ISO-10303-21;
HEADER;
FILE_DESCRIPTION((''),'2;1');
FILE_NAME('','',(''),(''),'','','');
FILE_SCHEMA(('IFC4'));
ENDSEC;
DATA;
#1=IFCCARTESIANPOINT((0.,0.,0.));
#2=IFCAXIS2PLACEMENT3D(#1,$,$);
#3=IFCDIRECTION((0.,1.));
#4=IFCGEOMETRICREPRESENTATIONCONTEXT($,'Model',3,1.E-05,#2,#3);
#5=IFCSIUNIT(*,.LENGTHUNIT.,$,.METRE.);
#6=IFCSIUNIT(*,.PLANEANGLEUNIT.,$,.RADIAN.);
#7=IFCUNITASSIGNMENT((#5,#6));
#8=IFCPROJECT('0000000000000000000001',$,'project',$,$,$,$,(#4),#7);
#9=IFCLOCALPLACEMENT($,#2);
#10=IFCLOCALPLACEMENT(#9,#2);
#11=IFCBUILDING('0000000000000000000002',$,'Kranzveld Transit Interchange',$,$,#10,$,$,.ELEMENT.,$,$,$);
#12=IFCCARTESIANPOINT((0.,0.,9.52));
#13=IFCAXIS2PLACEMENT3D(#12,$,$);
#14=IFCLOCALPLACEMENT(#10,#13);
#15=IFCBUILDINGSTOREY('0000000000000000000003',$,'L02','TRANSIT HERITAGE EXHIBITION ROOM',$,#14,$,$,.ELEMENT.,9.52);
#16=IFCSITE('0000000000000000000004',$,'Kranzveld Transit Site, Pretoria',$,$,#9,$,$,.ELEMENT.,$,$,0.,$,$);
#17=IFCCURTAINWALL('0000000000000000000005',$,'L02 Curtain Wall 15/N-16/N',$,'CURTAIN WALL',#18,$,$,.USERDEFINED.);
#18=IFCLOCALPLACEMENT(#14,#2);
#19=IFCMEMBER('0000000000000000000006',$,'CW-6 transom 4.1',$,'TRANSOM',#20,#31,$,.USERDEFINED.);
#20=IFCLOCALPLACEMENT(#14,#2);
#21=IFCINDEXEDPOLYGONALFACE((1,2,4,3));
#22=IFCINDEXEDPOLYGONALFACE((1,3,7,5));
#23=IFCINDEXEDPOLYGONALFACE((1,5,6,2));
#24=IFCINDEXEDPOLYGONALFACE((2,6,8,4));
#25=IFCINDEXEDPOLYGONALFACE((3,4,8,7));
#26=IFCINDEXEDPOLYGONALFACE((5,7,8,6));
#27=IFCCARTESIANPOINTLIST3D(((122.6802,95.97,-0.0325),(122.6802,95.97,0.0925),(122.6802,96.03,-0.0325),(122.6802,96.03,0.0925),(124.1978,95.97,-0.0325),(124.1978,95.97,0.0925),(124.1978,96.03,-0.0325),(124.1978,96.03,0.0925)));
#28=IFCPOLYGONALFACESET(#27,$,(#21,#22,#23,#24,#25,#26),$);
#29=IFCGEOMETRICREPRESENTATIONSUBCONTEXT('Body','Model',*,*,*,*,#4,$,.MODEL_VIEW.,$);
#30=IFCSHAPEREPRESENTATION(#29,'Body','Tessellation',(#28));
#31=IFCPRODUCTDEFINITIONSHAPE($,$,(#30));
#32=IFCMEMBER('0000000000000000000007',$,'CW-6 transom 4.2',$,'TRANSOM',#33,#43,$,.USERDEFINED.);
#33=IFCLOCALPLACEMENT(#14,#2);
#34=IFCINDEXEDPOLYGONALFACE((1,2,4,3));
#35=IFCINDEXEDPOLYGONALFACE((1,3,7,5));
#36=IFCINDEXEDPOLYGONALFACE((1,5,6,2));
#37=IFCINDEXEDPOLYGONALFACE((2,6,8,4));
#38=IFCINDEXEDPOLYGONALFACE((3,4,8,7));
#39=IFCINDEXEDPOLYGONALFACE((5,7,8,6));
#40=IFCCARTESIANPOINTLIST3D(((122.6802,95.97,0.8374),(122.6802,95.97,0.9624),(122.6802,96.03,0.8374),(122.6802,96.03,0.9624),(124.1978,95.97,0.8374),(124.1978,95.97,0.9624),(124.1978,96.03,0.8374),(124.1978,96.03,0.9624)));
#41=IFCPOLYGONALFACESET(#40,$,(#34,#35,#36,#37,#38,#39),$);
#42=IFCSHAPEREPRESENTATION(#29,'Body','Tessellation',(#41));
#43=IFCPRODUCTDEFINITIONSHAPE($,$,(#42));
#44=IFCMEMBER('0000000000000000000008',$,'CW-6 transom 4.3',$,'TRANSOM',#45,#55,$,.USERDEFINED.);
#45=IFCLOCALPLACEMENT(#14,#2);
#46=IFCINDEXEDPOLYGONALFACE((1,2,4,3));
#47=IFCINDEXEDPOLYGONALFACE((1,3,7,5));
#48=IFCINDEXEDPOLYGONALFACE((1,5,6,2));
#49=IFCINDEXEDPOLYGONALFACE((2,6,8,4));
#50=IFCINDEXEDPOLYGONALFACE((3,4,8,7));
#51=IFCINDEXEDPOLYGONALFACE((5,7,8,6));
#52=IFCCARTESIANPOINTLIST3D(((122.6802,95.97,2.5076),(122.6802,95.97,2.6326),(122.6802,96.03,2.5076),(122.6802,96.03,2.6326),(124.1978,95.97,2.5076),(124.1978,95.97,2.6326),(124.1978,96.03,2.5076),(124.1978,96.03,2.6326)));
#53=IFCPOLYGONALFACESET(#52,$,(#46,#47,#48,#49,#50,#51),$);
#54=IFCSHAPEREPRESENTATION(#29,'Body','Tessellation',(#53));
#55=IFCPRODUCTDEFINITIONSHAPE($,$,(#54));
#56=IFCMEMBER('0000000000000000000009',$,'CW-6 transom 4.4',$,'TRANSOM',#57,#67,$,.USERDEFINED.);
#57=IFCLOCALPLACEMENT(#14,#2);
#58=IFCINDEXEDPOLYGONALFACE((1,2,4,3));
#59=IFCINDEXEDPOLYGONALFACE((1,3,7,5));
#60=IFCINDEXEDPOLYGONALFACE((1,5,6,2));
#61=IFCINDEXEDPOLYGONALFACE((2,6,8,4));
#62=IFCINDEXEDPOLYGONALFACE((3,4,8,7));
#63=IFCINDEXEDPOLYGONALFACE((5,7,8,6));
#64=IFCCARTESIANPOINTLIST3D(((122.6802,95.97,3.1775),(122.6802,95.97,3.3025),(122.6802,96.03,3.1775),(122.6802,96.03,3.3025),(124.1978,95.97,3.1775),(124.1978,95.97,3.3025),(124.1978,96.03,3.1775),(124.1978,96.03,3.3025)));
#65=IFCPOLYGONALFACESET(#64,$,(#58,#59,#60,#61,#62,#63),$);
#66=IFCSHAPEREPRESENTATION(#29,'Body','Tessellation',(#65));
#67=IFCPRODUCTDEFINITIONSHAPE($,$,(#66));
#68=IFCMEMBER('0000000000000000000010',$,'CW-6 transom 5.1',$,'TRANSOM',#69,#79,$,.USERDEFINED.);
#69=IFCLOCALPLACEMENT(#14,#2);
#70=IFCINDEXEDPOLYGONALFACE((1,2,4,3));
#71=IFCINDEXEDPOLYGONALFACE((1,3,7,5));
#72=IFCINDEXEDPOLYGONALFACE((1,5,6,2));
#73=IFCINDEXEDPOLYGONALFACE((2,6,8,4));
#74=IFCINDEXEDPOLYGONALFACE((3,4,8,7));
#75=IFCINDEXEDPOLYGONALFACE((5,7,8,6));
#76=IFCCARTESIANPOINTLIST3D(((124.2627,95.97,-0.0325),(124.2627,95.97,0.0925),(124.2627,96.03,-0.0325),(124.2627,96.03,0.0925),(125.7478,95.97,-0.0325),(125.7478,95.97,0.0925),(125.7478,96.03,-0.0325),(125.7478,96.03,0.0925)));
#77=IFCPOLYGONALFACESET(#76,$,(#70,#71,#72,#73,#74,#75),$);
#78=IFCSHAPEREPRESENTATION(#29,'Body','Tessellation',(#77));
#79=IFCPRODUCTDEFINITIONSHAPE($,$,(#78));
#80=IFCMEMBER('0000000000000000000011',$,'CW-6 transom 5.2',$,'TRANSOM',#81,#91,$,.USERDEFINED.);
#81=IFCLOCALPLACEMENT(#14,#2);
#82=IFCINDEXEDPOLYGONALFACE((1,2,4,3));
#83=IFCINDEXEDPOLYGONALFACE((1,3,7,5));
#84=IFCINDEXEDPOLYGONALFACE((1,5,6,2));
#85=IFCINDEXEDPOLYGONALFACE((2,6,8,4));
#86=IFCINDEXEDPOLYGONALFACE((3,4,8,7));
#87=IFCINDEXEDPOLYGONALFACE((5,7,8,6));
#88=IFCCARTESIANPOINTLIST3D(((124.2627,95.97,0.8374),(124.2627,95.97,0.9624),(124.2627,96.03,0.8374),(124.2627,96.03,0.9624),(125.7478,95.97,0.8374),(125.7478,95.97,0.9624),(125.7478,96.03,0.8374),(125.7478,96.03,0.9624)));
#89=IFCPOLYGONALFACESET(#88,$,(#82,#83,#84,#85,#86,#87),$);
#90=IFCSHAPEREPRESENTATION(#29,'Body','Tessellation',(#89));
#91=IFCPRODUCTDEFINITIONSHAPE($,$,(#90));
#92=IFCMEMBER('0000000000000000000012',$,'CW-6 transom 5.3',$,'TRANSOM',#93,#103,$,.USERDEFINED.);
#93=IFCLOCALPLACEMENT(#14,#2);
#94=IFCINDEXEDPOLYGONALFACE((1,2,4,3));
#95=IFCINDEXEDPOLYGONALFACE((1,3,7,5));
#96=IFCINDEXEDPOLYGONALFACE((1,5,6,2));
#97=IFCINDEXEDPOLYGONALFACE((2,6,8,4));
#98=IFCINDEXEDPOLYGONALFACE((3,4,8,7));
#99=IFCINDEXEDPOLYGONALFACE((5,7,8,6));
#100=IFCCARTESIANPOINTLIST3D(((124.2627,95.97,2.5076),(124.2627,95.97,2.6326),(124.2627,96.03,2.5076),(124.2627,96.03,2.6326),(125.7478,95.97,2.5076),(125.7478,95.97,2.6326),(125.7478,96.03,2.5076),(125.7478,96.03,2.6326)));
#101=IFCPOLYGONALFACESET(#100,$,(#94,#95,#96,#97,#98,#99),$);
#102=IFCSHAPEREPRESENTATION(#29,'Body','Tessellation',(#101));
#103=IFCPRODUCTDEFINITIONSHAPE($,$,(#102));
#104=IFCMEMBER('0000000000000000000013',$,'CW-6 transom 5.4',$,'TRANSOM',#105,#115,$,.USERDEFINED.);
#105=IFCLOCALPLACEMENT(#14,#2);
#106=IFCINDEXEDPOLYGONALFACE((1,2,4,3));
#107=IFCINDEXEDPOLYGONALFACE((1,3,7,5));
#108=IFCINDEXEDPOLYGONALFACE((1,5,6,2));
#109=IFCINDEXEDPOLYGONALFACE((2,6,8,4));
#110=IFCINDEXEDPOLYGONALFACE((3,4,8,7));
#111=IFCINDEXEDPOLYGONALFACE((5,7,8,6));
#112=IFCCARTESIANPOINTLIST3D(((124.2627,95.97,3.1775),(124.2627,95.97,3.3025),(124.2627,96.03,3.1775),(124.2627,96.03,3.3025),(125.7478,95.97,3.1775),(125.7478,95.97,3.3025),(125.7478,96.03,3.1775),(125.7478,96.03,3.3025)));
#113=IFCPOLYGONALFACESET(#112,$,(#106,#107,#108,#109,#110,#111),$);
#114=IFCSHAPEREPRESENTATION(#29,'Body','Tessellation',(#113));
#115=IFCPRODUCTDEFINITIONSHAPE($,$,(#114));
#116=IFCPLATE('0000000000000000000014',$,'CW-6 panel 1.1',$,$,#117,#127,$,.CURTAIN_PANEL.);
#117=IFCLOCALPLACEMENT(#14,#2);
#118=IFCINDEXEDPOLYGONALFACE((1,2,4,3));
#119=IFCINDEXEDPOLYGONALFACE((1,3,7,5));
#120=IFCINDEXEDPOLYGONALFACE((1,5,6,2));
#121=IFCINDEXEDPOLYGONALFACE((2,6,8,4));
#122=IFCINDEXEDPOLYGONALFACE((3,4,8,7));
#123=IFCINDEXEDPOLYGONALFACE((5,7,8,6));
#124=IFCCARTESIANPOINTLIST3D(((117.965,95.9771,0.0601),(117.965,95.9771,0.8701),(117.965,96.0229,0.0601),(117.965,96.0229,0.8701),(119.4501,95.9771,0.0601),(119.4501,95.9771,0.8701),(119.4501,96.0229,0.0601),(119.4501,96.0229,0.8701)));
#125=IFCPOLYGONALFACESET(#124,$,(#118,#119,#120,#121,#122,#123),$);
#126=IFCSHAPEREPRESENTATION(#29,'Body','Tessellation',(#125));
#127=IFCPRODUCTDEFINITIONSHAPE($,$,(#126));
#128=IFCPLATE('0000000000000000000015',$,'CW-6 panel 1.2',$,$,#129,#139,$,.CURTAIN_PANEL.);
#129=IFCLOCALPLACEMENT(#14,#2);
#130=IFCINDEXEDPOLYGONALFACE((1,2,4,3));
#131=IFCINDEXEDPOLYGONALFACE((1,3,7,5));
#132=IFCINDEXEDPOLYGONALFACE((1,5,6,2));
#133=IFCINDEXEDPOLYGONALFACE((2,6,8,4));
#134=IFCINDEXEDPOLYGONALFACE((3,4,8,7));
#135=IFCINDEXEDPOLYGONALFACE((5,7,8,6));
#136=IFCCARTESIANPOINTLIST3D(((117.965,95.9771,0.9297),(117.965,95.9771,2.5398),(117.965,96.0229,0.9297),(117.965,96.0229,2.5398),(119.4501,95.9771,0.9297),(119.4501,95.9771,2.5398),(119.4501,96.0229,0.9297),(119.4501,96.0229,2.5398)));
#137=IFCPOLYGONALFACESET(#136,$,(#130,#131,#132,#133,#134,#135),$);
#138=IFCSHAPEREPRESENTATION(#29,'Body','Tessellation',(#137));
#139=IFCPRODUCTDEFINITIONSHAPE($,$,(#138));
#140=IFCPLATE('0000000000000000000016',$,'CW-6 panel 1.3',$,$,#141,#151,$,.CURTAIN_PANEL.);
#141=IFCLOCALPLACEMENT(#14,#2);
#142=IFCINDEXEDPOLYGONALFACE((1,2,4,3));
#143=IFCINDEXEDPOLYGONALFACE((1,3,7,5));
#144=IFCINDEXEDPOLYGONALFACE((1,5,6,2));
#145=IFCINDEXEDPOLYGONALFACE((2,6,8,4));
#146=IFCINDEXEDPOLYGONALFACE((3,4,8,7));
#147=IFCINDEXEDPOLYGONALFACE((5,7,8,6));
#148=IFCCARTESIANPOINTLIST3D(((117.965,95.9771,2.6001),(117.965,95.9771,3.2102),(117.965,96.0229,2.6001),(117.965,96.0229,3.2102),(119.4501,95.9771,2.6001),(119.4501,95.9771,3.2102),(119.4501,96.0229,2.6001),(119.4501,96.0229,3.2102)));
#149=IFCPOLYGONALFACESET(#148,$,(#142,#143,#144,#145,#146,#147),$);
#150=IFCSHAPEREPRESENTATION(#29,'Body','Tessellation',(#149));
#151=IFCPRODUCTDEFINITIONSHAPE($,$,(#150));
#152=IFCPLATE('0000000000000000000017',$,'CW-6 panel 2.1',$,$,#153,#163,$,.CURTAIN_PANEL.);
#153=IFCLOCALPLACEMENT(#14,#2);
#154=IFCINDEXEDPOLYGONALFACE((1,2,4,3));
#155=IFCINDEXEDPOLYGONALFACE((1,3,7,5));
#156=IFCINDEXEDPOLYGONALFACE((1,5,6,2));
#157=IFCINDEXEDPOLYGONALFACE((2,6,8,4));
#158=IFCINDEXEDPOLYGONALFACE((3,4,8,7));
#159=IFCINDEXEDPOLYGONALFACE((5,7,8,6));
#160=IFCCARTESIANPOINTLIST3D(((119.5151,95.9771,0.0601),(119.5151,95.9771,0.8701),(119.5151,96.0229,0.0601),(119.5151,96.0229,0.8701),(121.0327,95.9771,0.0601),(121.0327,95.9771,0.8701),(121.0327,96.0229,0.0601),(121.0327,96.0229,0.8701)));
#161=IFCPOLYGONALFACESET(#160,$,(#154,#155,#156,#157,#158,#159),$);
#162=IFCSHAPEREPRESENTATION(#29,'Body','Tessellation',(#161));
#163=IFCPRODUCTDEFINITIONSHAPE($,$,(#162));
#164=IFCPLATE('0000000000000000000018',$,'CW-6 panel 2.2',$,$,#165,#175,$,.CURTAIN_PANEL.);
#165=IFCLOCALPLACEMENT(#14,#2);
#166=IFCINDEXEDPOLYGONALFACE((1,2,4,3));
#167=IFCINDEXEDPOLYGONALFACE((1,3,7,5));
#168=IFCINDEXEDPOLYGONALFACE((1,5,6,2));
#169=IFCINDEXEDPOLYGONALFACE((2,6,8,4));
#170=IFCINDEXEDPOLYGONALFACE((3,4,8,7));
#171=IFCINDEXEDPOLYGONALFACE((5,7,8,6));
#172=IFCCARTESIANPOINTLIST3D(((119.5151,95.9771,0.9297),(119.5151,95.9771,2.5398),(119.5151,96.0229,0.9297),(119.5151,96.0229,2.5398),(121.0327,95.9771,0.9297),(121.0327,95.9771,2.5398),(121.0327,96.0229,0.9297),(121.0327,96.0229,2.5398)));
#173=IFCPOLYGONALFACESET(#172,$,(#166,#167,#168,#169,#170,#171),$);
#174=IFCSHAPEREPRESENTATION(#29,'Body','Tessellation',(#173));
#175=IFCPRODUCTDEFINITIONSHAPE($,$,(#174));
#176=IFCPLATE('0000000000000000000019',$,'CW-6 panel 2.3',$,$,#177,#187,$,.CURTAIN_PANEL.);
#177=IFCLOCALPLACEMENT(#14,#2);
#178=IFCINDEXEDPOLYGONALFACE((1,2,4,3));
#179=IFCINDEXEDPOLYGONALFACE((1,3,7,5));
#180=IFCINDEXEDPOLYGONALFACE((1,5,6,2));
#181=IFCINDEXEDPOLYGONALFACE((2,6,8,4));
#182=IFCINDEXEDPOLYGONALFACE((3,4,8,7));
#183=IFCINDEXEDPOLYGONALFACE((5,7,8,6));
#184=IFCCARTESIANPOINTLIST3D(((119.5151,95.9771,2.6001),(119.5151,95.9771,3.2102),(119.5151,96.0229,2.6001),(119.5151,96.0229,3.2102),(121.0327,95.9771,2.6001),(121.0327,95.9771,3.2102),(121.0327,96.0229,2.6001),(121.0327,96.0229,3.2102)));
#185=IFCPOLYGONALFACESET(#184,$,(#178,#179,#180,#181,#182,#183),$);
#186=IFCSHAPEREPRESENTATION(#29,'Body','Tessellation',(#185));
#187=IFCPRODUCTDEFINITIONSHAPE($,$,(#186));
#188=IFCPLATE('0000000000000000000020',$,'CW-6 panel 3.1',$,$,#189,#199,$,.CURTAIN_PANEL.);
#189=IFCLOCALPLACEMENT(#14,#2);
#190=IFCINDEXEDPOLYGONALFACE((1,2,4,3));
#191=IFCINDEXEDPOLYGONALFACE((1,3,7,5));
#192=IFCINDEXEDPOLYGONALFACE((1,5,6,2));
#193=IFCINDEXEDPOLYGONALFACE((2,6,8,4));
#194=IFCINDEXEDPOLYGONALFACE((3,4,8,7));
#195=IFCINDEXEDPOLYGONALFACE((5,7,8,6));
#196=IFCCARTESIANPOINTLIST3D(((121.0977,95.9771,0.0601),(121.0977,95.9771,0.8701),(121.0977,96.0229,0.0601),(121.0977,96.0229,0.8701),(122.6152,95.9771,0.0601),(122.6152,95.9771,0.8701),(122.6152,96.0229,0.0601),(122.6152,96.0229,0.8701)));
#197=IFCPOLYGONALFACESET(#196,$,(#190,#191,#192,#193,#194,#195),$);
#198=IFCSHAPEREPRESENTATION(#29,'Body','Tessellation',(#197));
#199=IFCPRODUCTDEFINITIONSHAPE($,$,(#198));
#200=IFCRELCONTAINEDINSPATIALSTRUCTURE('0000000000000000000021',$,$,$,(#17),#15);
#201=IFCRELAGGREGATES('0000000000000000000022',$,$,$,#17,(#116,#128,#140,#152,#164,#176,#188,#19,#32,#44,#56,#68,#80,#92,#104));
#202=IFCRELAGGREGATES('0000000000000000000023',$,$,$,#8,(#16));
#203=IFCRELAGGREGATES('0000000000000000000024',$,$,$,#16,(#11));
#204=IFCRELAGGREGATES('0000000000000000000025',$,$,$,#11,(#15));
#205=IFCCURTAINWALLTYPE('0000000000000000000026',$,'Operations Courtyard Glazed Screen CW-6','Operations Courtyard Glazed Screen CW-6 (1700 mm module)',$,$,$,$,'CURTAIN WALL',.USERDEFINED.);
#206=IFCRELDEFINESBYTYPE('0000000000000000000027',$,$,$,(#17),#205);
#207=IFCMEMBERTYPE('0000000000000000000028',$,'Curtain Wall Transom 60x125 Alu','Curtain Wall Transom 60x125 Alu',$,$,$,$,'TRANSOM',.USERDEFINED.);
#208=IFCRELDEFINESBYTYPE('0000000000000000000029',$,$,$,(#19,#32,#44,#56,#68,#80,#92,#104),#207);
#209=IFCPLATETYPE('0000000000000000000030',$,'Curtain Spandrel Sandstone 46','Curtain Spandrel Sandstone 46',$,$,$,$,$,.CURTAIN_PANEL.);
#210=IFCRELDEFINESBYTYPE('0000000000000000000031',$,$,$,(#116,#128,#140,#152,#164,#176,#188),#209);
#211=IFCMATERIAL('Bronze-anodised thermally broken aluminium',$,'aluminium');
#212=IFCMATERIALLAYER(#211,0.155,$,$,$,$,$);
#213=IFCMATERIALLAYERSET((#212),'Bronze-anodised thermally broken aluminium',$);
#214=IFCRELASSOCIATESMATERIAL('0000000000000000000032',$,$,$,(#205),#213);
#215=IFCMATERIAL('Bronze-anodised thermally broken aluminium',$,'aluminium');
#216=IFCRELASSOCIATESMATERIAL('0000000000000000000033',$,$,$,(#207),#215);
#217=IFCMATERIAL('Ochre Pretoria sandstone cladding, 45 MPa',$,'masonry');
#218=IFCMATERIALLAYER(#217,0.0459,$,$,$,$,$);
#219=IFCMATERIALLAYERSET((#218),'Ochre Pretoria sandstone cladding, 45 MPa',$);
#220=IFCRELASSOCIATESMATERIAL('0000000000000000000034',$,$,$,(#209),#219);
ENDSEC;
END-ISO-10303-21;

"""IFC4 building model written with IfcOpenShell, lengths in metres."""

from ifc_helpers import new_model, si_unit, direction, frame, origin, origin_2d, place, context, subcontext, project, spatial, rectangle, extrude, material, layer, layer_set, material_profile, profile_set, type_object, element, aggregate, save


model = new_model("IFC4")

# Units and contexts
model_context = context("Model", 3, precision=1e-05, world=origin(), true_north=direction((0.0, 1.0)))
body_context = subcontext(model_context, "Body", "Model", "MODEL_VIEW")
ifc_project = project(units=[si_unit("LENGTHUNIT", "METRE"), si_unit("PLANEANGLEUNIT", "RADIAN")], contexts=[model_context])

# Site, building, storey
site_placement = place(None, origin())
site = spatial("IfcSite", under=ifc_project, at=site_placement, Name="Kranzveld Transit Site, Pretoria", CompositionType="ELEMENT", RefElevation=0.0)
building_placement = place(site_placement, origin())
building = spatial("IfcBuilding", under=site, at=building_placement, Name="Kranzveld Transit Interchange", CompositionType="ELEMENT")
storey_placement = place(building_placement, frame((0.0, 0.0, 9.52)))
storey = spatial("IfcBuildingStorey", under=building, at=storey_placement, Name="L02", Description="TRANSIT HERITAGE EXHIBITION ROOM", CompositionType="ELEMENT", Elevation=9.52)

# Curtain wall, members, plates
ifc_material_1 = material(Name="Bronze-anodised thermally broken aluminium", Category="aluminium")
ifc_layer_1 = layer(ifc_material_1, 0.155)
ifc_layer_set_1 = layer_set([ifc_layer_1], Name="Bronze-anodised thermally broken aluminium")
curtain_wall_type = type_object("IfcCurtainWallType", Name="Operations Courtyard Glazed Screen CW-6", Description="Operations Courtyard Glazed Screen CW-6 (1700 mm module)", ElementType="CURTAIN WALL", PredefinedType="USERDEFINED", material=ifc_layer_set_1)
curtain_wall_placement = place(storey_placement, origin())
curtain_wall = element("IfcCurtainWall", 1, at=curtain_wall_placement, inside=storey, type_object=curtain_wall_type, Name="L02 Curtain Wall 15/N-16/N", ObjectType="CURTAIN WALL", PredefinedType="USERDEFINED")
ifc_material_2 = material(Name="Bronze-anodised thermally broken aluminium", Category="aluminium")
ifc_material_profile_1 = material_profile(ifc_material_2, rectangle(XDim=0.0601, YDim=0.125, at=origin_2d()), Name="ALU TRANSOM 60x125")
ifc_profile_set_1 = profile_set([ifc_material_profile_1], Name="Bronze-anodised thermally broken aluminium")
member_type_1 = type_object("IfcMemberType", Name="Curtain Wall Transom 60x125 Alu", Description="Curtain Wall Transom 60x125 Alu", ElementType="TRANSOM", PredefinedType="USERDEFINED", material=ifc_profile_set_1)
member_1_placement = place(storey_placement, frame((122.6802, 96.0, 0.03), z_axis=(1.0, 0.0, 0.0), x_axis=(0.0, 1.0, 0.0)))
member_1 = element("IfcMember", 2, at=member_1_placement, type_object=member_type_1, Name="CW-6 transom 4.1", ObjectType="TRANSOM", PredefinedType="USERDEFINED", context=body_context, shape_type="SweptSolid", body=[
    extrude(rectangle(XDim=0.0601, YDim=0.125, at=origin_2d()), origin(), (0.0, 0.0, 1.0), 1.5176),
])
member_2_placement = place(storey_placement, frame((122.6802, 96.0, 0.8999), z_axis=(1.0, 0.0, 0.0), x_axis=(0.0, 1.0, 0.0)))
member_2 = element("IfcMember", 3, at=member_2_placement, type_object=member_type_1, Name="CW-6 transom 4.2", ObjectType="TRANSOM", PredefinedType="USERDEFINED", context=body_context, shape_type="SweptSolid", body=[
    extrude(rectangle(XDim=0.0601, YDim=0.125, at=origin_2d()), origin(), (0.0, 0.0, 1.0), 1.5176),
])
member_3_placement = place(storey_placement, frame((122.6802, 96.0, 2.5701), z_axis=(1.0, 0.0, 0.0), x_axis=(0.0, 1.0, 0.0)))
member_3 = element("IfcMember", 4, at=member_3_placement, type_object=member_type_1, Name="CW-6 transom 4.3", ObjectType="TRANSOM", PredefinedType="USERDEFINED", context=body_context, shape_type="SweptSolid", body=[
    extrude(rectangle(XDim=0.0601, YDim=0.125, at=origin_2d()), origin(), (0.0, 0.0, 1.0), 1.5176),
])
member_4_placement = place(storey_placement, frame((122.6802, 96.0, 3.24), z_axis=(1.0, 0.0, 0.0), x_axis=(0.0, 1.0, 0.0)))
member_4 = element("IfcMember", 5, at=member_4_placement, type_object=member_type_1, Name="CW-6 transom 4.4", ObjectType="TRANSOM", PredefinedType="USERDEFINED", context=body_context, shape_type="SweptSolid", body=[
    extrude(rectangle(XDim=0.0601, YDim=0.125, at=origin_2d()), origin(), (0.0, 0.0, 1.0), 1.5176),
])
member_5_placement = place(storey_placement, frame((124.2627, 96.0, 0.03), z_axis=(1.0, 0.0, 0.0), x_axis=(0.0, 1.0, 0.0)))
member_5 = element("IfcMember", 6, at=member_5_placement, type_object=member_type_1, Name="CW-6 transom 5.1", ObjectType="TRANSOM", PredefinedType="USERDEFINED", context=body_context, shape_type="SweptSolid", body=[
    extrude(rectangle(XDim=0.0601, YDim=0.125, at=origin_2d()), origin(), (0.0, 0.0, 1.0), 1.4851),
])
member_6_placement = place(storey_placement, frame((124.2627, 96.0, 0.8999), z_axis=(1.0, 0.0, 0.0), x_axis=(0.0, 1.0, 0.0)))
member_6 = element("IfcMember", 7, at=member_6_placement, type_object=member_type_1, Name="CW-6 transom 5.2", ObjectType="TRANSOM", PredefinedType="USERDEFINED", context=body_context, shape_type="SweptSolid", body=[
    extrude(rectangle(XDim=0.0601, YDim=0.125, at=origin_2d()), origin(), (0.0, 0.0, 1.0), 1.4851),
])
member_7_placement = place(storey_placement, frame((124.2627, 96.0, 2.5701), z_axis=(1.0, 0.0, 0.0), x_axis=(0.0, 1.0, 0.0)))
member_7 = element("IfcMember", 8, at=member_7_placement, type_object=member_type_1, Name="CW-6 transom 5.3", ObjectType="TRANSOM", PredefinedType="USERDEFINED", context=body_context, shape_type="SweptSolid", body=[
    extrude(rectangle(XDim=0.0601, YDim=0.125, at=origin_2d()), origin(), (0.0, 0.0, 1.0), 1.4851),
])
member_8_placement = place(storey_placement, frame((124.2627, 96.0, 3.24), z_axis=(1.0, 0.0, 0.0), x_axis=(0.0, 1.0, 0.0)))
member_8 = element("IfcMember", 9, at=member_8_placement, type_object=member_type_1, Name="CW-6 transom 5.4", ObjectType="TRANSOM", PredefinedType="USERDEFINED", context=body_context, shape_type="SweptSolid", body=[
    extrude(rectangle(XDim=0.0601, YDim=0.125, at=origin_2d()), origin(), (0.0, 0.0, 1.0), 1.4851),
])
ifc_material_3 = material(Name="Ochre Pretoria sandstone cladding, 45 MPa", Category="masonry")
ifc_layer_2 = layer(ifc_material_3, 0.0459)
ifc_layer_set_2 = layer_set([ifc_layer_2], Name="Ochre Pretoria sandstone cladding, 45 MPa")
plate_type = type_object("IfcPlateType", Name="Curtain Spandrel Sandstone 46", Description="Curtain Spandrel Sandstone 46", PredefinedType="CURTAIN_PANEL", material=ifc_layer_set_2)
plate_1_placement = place(storey_placement, frame((118.7075, 96.0, 0.0601), z_axis=(0.0, 0.0, 1.0), x_axis=(1.0, 0.0, 0.0)))
plate_1 = element("IfcPlate", 10, at=plate_1_placement, type_object=plate_type, Name="CW-6 panel 1.1", PredefinedType="CURTAIN_PANEL", context=body_context, shape_type="SweptSolid", body=[
    extrude(rectangle(XDim=1.4851, YDim=0.0459, at=origin_2d()), origin(), (0.0, 0.0, 1.0), 0.8101),
])
plate_2_placement = place(storey_placement, frame((118.7075, 96.0, 0.9297), z_axis=(0.0, 0.0, 1.0), x_axis=(1.0, 0.0, 0.0)))
plate_2 = element("IfcPlate", 11, at=plate_2_placement, type_object=plate_type, Name="CW-6 panel 1.2", PredefinedType="CURTAIN_PANEL", context=body_context, shape_type="SweptSolid", body=[
    extrude(rectangle(XDim=1.4851, YDim=0.0459, at=origin_2d()), origin(), (0.0, 0.0, 1.0), 1.6101),
])
plate_3_placement = place(storey_placement, frame((118.7075, 96.0, 2.6001), z_axis=(0.0, 0.0, 1.0), x_axis=(1.0, 0.0, 0.0)))
plate_3 = element("IfcPlate", 12, at=plate_3_placement, type_object=plate_type, Name="CW-6 panel 1.3", PredefinedType="CURTAIN_PANEL", context=body_context, shape_type="SweptSolid", body=[
    extrude(rectangle(XDim=1.4851, YDim=0.0459, at=origin_2d()), origin(), (0.0, 0.0, 1.0), 0.6101),
])
plate_4_placement = place(storey_placement, frame((120.2739, 96.0, 0.0601), z_axis=(0.0, 0.0, 1.0), x_axis=(1.0, 0.0, 0.0)))
plate_4 = element("IfcPlate", 13, at=plate_4_placement, type_object=plate_type, Name="CW-6 panel 2.1", PredefinedType="CURTAIN_PANEL", context=body_context, shape_type="SweptSolid", body=[
    extrude(rectangle(XDim=1.5176, YDim=0.0459, at=origin_2d()), origin(), (0.0, 0.0, 1.0), 0.8101),
])
plate_5_placement = place(storey_placement, frame((120.2739, 96.0, 0.9297), z_axis=(0.0, 0.0, 1.0), x_axis=(1.0, 0.0, 0.0)))
plate_5 = element("IfcPlate", 14, at=plate_5_placement, type_object=plate_type, Name="CW-6 panel 2.2", PredefinedType="CURTAIN_PANEL", context=body_context, shape_type="SweptSolid", body=[
    extrude(rectangle(XDim=1.5176, YDim=0.0459, at=origin_2d()), origin(), (0.0, 0.0, 1.0), 1.6101),
])
plate_6_placement = place(storey_placement, frame((120.2739, 96.0, 2.6001), z_axis=(0.0, 0.0, 1.0), x_axis=(1.0, 0.0, 0.0)))
plate_6 = element("IfcPlate", 15, at=plate_6_placement, type_object=plate_type, Name="CW-6 panel 2.3", PredefinedType="CURTAIN_PANEL", context=body_context, shape_type="SweptSolid", body=[
    extrude(rectangle(XDim=1.5176, YDim=0.0459, at=origin_2d()), origin(), (0.0, 0.0, 1.0), 0.6101),
])
plate_7_placement = place(storey_placement, frame((121.8564, 96.0, 0.0601), z_axis=(0.0, 0.0, 1.0), x_axis=(1.0, 0.0, 0.0)))
plate_7 = element("IfcPlate", 16, at=plate_7_placement, type_object=plate_type, Name="CW-6 panel 3.1", PredefinedType="CURTAIN_PANEL", context=body_context, shape_type="SweptSolid", body=[
    extrude(rectangle(XDim=1.5176, YDim=0.0459, at=origin_2d()), origin(), (0.0, 0.0, 1.0), 0.8101),
])
aggregate(curtain_wall, [plate_1, plate_2, plate_3, plate_4, plate_5, plate_6, plate_7, member_1, member_2, member_3, member_4, member_5, member_6, member_7, member_8])

save(model, "model.ifc")
